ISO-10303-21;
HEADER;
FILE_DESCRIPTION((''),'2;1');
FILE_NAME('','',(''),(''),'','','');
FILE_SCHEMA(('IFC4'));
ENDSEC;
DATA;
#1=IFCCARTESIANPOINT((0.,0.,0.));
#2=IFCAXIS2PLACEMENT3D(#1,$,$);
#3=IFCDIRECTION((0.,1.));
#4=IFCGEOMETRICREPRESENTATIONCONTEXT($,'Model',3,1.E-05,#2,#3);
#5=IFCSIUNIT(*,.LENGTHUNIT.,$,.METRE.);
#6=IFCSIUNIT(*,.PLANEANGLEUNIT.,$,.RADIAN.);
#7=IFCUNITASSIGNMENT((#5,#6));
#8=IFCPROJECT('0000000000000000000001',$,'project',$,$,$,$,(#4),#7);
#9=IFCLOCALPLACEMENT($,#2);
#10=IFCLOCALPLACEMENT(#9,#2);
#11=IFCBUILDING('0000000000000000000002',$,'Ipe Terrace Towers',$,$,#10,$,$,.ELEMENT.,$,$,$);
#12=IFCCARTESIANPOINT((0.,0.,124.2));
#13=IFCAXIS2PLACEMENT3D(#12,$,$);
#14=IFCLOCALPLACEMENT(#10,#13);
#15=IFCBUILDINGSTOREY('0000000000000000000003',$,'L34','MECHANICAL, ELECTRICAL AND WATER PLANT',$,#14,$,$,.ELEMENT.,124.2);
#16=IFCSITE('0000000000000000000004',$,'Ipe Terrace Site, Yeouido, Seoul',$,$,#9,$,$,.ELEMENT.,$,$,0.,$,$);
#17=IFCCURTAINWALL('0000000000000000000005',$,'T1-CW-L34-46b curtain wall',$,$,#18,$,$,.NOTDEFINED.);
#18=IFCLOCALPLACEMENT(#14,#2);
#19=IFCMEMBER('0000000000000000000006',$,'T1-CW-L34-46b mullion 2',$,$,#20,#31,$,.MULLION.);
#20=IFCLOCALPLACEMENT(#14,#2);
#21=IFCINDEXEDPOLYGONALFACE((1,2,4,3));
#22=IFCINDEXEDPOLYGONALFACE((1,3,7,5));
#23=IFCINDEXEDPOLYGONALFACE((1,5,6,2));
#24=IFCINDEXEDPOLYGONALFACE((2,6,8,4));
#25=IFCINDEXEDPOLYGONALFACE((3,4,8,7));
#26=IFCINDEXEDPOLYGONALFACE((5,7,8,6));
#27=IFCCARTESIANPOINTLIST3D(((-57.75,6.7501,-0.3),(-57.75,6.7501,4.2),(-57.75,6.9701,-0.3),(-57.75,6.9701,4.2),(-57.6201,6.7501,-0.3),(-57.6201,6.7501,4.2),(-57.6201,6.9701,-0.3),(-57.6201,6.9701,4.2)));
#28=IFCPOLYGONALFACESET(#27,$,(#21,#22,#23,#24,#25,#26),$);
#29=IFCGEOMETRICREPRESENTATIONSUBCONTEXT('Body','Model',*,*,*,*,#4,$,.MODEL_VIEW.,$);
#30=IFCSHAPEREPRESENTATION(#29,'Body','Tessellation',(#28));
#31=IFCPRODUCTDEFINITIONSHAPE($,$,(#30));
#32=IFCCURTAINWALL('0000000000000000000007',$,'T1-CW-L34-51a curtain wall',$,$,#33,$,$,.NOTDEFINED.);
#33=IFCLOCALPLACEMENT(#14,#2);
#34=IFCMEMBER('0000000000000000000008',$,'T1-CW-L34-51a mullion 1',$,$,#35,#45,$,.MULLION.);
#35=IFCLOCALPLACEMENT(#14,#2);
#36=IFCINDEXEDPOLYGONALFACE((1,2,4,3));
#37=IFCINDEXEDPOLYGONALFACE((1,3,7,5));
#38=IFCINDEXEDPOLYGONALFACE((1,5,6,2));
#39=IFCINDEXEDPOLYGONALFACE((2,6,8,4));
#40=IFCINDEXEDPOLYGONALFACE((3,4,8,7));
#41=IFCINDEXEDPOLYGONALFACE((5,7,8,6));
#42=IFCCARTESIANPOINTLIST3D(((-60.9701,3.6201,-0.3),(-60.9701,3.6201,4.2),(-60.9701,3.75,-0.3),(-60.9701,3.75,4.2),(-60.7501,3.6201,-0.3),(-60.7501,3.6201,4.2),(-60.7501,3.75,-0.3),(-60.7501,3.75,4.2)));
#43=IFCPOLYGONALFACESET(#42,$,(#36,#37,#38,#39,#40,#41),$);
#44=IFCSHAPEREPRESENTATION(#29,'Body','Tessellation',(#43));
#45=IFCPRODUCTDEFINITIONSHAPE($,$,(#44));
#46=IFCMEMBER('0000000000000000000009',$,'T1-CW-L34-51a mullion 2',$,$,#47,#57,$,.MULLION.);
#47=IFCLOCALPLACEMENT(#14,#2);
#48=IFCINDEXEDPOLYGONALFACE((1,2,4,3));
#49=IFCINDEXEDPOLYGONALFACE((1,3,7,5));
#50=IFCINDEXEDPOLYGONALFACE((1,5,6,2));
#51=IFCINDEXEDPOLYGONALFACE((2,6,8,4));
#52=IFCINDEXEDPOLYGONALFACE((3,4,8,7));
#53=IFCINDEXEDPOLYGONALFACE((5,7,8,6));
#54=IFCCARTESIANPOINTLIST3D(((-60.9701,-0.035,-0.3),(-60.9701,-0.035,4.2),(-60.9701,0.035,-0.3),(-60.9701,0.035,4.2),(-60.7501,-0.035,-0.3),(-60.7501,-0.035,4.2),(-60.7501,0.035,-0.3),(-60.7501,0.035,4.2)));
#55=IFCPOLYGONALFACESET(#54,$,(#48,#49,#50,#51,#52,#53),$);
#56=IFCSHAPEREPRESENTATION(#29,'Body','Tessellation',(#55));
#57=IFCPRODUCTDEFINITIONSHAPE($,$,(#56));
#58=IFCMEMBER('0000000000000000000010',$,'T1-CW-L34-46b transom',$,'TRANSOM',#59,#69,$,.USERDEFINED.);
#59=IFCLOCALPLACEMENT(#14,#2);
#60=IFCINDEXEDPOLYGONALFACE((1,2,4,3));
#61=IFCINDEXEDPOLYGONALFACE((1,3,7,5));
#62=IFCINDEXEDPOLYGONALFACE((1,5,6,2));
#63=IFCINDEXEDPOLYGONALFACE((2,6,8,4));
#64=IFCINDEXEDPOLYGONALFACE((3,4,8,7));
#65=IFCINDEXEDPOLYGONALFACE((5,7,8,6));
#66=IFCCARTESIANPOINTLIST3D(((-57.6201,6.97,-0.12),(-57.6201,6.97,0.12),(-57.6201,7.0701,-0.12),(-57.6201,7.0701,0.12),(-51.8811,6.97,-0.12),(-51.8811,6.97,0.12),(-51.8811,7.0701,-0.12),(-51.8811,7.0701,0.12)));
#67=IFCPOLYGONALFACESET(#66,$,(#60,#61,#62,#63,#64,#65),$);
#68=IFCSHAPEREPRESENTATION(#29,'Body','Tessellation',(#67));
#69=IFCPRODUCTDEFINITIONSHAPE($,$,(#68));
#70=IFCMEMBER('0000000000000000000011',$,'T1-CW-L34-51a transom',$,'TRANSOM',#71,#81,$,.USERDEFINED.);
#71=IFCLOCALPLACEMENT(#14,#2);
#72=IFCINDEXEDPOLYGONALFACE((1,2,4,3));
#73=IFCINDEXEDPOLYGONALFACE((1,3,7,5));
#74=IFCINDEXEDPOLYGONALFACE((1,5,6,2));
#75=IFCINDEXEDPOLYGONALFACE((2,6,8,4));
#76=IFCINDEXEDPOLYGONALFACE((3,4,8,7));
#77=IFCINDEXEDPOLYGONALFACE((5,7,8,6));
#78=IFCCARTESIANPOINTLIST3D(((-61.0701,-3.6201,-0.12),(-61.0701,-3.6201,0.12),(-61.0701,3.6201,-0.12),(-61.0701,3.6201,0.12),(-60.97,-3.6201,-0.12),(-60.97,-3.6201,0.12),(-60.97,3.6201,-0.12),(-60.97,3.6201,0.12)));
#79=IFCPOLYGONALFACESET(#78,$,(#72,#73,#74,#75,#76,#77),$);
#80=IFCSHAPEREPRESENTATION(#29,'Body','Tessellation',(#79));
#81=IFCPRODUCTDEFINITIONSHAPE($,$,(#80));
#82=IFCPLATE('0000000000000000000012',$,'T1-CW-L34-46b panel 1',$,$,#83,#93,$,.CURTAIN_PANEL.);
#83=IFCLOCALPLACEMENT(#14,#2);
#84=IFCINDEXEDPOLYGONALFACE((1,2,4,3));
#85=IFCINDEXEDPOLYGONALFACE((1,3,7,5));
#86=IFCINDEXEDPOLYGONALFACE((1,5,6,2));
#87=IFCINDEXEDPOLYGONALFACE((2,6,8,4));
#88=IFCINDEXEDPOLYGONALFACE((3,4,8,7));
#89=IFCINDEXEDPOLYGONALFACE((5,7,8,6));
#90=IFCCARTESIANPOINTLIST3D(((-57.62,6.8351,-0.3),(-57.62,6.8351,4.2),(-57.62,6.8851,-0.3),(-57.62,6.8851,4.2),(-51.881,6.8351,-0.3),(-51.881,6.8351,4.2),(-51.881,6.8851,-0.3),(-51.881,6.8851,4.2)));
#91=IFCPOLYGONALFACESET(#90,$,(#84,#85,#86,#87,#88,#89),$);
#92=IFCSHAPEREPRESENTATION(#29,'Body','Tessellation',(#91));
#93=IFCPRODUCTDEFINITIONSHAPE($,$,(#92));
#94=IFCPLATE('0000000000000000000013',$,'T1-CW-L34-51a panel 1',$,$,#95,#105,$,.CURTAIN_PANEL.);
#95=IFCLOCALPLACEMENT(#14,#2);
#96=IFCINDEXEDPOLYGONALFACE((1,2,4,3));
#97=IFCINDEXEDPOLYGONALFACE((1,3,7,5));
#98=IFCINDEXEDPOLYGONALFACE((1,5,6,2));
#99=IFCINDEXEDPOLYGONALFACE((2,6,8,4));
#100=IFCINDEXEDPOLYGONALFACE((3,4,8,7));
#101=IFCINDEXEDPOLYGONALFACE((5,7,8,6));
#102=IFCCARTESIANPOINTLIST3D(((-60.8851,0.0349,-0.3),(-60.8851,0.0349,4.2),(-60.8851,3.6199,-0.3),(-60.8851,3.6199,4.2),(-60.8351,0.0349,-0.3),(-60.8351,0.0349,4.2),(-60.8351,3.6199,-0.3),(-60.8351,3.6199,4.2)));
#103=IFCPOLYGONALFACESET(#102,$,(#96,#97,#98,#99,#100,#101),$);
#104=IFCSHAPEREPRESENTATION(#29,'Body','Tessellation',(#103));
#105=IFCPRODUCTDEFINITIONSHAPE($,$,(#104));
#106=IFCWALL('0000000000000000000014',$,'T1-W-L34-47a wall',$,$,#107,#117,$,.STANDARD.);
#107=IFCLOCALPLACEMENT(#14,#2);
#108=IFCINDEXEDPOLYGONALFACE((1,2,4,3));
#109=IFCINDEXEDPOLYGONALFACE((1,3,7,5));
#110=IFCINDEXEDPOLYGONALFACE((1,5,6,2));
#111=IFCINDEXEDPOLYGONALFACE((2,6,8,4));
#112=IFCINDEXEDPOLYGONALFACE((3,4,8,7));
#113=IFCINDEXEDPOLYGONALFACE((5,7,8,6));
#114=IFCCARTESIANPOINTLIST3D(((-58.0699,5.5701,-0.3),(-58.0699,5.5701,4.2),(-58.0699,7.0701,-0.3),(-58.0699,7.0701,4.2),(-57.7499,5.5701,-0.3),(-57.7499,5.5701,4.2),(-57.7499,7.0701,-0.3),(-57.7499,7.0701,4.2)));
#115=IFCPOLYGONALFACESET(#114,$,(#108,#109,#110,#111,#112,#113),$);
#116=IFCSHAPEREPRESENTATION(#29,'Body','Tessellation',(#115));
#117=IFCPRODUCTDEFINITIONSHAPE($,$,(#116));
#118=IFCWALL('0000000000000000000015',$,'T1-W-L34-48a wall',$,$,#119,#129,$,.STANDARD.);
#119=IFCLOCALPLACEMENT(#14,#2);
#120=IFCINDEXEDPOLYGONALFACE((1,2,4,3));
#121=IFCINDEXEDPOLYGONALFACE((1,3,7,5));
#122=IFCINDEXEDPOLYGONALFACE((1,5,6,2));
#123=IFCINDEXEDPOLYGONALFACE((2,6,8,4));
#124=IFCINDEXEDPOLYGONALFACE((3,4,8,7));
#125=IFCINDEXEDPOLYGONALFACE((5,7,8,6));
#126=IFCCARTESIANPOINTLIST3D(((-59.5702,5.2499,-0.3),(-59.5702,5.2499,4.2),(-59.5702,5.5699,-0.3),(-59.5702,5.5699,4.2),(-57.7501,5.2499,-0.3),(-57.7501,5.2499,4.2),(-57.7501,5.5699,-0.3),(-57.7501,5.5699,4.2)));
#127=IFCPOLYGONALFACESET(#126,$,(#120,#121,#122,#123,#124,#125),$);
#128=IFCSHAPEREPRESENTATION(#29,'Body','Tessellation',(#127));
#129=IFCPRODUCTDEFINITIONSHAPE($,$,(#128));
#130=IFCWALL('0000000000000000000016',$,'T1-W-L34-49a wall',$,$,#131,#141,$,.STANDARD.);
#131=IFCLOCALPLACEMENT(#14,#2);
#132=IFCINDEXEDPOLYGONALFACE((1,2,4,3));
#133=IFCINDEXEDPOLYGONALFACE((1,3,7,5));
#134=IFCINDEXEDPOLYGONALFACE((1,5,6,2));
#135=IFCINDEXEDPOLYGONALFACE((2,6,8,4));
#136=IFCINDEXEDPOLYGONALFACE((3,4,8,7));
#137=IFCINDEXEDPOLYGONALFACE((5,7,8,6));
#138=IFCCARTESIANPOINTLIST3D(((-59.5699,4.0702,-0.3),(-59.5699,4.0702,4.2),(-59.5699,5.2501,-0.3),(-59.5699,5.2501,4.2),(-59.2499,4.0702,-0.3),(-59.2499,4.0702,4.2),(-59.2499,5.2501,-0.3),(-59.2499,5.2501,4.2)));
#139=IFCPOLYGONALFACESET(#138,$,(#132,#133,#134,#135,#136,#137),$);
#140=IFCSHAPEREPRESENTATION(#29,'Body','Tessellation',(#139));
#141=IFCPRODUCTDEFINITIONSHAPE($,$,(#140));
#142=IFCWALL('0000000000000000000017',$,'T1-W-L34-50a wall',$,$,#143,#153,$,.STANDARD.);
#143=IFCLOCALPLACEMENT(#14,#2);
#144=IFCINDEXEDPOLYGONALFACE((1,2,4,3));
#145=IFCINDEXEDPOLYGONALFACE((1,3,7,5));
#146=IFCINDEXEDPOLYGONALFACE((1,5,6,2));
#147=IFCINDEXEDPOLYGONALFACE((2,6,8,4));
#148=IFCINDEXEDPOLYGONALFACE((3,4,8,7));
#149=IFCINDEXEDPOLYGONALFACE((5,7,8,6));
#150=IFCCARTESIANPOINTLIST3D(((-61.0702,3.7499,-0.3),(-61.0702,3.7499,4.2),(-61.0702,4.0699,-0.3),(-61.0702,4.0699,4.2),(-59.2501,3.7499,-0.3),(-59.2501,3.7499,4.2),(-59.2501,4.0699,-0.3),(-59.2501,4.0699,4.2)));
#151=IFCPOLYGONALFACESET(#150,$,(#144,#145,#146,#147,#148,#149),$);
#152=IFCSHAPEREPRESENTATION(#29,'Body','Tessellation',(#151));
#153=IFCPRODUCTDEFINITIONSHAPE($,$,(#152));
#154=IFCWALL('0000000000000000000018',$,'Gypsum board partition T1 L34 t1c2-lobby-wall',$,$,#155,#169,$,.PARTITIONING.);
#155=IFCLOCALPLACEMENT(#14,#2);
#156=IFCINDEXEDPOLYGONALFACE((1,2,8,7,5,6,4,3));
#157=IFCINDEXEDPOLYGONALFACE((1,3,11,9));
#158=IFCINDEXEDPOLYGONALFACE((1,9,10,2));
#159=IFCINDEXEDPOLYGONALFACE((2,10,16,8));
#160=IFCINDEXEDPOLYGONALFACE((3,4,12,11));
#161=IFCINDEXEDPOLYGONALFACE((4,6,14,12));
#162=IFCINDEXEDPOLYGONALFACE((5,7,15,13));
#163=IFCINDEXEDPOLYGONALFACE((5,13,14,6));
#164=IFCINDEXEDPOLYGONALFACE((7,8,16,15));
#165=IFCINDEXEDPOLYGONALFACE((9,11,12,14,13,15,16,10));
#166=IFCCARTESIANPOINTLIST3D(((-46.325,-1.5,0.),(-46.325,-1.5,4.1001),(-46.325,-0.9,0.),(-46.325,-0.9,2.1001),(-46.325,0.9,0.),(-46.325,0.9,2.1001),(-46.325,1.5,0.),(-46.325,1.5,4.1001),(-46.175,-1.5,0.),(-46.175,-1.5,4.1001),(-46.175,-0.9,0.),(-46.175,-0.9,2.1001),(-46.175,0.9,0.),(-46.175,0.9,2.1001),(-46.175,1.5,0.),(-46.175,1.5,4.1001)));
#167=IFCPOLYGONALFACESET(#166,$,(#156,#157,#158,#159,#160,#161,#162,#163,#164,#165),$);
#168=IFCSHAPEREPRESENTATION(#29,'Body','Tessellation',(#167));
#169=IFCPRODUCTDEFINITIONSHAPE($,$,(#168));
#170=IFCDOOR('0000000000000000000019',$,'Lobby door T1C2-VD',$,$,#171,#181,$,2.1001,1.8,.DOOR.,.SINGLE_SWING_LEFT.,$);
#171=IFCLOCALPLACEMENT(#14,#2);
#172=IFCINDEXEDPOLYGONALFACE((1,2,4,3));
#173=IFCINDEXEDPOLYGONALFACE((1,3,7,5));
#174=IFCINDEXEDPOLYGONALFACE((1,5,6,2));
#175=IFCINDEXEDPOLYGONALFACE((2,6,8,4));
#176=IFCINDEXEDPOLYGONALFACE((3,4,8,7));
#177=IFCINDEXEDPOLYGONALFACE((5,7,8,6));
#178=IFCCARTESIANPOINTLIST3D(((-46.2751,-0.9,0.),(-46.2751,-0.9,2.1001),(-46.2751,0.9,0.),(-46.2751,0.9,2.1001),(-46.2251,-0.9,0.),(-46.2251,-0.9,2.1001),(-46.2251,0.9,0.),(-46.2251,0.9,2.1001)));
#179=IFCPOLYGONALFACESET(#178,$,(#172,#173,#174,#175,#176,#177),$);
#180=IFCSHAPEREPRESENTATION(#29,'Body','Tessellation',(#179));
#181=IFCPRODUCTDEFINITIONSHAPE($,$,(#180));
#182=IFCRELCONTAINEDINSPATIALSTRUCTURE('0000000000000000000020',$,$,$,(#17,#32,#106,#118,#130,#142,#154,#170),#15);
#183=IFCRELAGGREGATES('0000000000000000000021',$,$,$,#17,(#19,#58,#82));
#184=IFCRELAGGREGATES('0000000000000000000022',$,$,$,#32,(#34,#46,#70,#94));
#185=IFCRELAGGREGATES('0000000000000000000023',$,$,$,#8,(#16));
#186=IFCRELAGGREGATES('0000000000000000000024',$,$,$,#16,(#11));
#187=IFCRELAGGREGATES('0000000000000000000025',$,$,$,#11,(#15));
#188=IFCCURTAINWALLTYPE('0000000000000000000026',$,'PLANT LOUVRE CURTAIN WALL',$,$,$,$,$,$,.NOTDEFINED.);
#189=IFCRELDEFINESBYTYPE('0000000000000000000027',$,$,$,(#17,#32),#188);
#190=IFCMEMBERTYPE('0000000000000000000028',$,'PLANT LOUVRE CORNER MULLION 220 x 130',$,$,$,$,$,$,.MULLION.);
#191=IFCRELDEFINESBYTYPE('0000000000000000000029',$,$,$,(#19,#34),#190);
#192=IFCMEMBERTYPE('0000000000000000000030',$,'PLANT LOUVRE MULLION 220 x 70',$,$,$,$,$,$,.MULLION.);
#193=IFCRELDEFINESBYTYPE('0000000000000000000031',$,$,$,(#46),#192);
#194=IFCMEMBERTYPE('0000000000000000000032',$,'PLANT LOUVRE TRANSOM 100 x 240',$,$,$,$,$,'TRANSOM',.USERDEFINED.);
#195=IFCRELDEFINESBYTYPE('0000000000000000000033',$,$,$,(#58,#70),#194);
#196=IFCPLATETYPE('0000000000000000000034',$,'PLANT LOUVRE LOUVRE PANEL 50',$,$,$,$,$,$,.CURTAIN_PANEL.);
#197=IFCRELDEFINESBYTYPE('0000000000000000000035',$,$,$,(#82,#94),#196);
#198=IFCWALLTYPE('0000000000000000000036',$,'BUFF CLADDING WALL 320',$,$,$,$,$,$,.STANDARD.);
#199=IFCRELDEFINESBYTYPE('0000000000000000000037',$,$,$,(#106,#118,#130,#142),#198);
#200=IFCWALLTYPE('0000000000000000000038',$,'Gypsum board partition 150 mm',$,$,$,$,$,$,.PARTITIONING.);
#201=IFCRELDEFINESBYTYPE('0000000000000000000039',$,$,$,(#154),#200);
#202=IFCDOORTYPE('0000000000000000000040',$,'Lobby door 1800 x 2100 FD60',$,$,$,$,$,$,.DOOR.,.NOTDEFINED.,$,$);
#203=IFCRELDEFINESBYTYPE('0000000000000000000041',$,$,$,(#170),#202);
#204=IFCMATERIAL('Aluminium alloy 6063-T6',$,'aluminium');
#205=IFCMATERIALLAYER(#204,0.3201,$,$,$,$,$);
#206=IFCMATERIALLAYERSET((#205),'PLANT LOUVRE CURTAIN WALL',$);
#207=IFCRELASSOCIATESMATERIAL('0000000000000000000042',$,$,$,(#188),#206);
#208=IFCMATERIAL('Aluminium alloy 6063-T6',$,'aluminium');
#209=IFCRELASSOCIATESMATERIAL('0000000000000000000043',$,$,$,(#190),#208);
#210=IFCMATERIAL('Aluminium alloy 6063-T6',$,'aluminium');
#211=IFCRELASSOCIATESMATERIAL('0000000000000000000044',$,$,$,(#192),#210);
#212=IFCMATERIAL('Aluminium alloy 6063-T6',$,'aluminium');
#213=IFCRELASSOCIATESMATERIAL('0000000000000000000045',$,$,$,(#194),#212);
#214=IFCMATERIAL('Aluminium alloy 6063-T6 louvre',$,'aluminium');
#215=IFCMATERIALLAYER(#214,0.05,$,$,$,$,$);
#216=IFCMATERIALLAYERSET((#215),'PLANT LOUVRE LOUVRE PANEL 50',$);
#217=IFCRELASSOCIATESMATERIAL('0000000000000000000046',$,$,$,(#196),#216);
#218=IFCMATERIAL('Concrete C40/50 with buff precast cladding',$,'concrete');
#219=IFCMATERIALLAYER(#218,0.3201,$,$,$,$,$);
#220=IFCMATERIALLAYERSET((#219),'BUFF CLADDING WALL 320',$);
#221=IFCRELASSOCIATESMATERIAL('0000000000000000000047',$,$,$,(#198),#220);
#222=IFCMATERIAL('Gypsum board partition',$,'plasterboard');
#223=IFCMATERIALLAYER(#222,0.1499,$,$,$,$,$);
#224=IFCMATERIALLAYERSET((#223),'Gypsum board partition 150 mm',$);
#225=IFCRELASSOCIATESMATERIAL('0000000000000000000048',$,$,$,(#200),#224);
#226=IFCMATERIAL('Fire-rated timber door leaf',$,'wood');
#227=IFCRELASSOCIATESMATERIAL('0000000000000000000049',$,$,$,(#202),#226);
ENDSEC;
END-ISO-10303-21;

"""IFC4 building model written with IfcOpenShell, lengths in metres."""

from ifc_helpers import new_model, si_unit, direction, frame, frame_2d, origin, origin_2d, place, context, subcontext, project, spatial, rectangle, extrude, material, layer, layer_set, material_profile, profile_set, type_object, element, fill, aggregate, save


model = new_model("IFC4")

# Units and contexts
model_context = context("Model", 3, precision=1e-05, world=origin(), true_north=direction((0.0, 1.0)))
body_context = subcontext(model_context, "Body", "Model", "MODEL_VIEW")
ifc_project = project(units=[si_unit("LENGTHUNIT", "METRE"), si_unit("PLANEANGLEUNIT", "RADIAN")], contexts=[model_context])

# Site, building, storey
site_placement = place(None, origin())
site = spatial("IfcSite", under=ifc_project, at=site_placement, Name="Ipe Terrace Site, Yeouido, Seoul", CompositionType="ELEMENT", RefElevation=0.0)
building_placement = place(site_placement, origin())
building = spatial("IfcBuilding", under=site, at=building_placement, Name="Ipe Terrace Towers", CompositionType="ELEMENT")
storey_placement = place(building_placement, frame((0.0, 0.0, 124.2)))
storey = spatial("IfcBuildingStorey", under=building, at=storey_placement, Name="L34", Description="MECHANICAL, ELECTRICAL AND WATER PLANT", CompositionType="ELEMENT", Elevation=124.2)

# Curtain walls, members
ifc_material_1 = material(Name="Aluminium alloy 6063-T6", Category="aluminium")
ifc_layer_1 = layer(ifc_material_1, 0.3201)
ifc_layer_set_1 = layer_set([ifc_layer_1], Name="PLANT LOUVRE CURTAIN WALL")
curtain_wall_type = type_object("IfcCurtainWallType", Name="PLANT LOUVRE CURTAIN WALL", PredefinedType="NOTDEFINED", material=ifc_layer_set_1)
curtain_wall_1_placement = place(storey_placement, origin())
curtain_wall_1 = element("IfcCurtainWall", 1, at=curtain_wall_1_placement, inside=storey, type_object=curtain_wall_type, Name="T1-CW-L34-46b curtain wall", PredefinedType="NOTDEFINED")
ifc_material_2 = material(Name="Aluminium alloy 6063-T6", Category="aluminium")
ifc_material_profile_1 = material_profile(ifc_material_2, rectangle(XDim=0.22, YDim=0.1299, at=origin_2d()), Name="PLANT LOUVRE CORNER MULLION 220 x 130")
ifc_profile_set_1 = profile_set([ifc_material_profile_1], Name="Aluminium alloy 6063-T6")
member_type_1 = type_object("IfcMemberType", Name="PLANT LOUVRE CORNER MULLION 220 x 130", PredefinedType="MULLION", material=ifc_profile_set_1)
member_1_placement = place(storey_placement, frame((-57.6851, 6.8601, -0.3), z_axis=(0.0, 0.0, 1.0), x_axis=(0.0, 1.0, 0.0)))
member_1 = element("IfcMember", 2, at=member_1_placement, type_object=member_type_1, Name="T1-CW-L34-46b mullion 2", PredefinedType="MULLION", context=body_context, shape_type="SweptSolid", body=[
    extrude(rectangle(XDim=0.22, YDim=0.1299, at=origin_2d()), origin(), (0.0, 0.0, 1.0), 4.5),
])
curtain_wall_2_placement = place(storey_placement, origin())
curtain_wall_2 = element("IfcCurtainWall", 3, at=curtain_wall_2_placement, inside=storey, type_object=curtain_wall_type, Name="T1-CW-L34-51a curtain wall", PredefinedType="NOTDEFINED")
member_2_placement = place(storey_placement, frame((-60.8601, 3.6851, -0.3), z_axis=(0.0, 0.0, 1.0), x_axis=(-1.0, 0.0, 0.0)))
member_2 = element("IfcMember", 4, at=member_2_placement, type_object=member_type_1, Name="T1-CW-L34-51a mullion 1", PredefinedType="MULLION", context=body_context, shape_type="SweptSolid", body=[
    extrude(rectangle(XDim=0.22, YDim=0.1299, at=origin_2d()), origin(), (0.0, 0.0, 1.0), 4.5),
])
ifc_material_3 = material(Name="Aluminium alloy 6063-T6", Category="aluminium")
ifc_material_profile_2 = material_profile(ifc_material_3, rectangle(XDim=0.22, YDim=0.0701, at=origin_2d()), Name="PLANT LOUVRE MULLION 220 x 70")
ifc_profile_set_2 = profile_set([ifc_material_profile_2], Name="Aluminium alloy 6063-T6")
member_type_2 = type_object("IfcMemberType", Name="PLANT LOUVRE MULLION 220 x 70", PredefinedType="MULLION", material=ifc_profile_set_2)
member_3_placement = place(storey_placement, frame((-60.8601, 0.0, -0.3), z_axis=(0.0, 0.0, 1.0), x_axis=(-1.0, 0.0, 0.0)))
member_3 = element("IfcMember", 5, at=member_3_placement, type_object=member_type_2, Name="T1-CW-L34-51a mullion 2", PredefinedType="MULLION", context=body_context, shape_type="SweptSolid", body=[
    extrude(rectangle(XDim=0.22, YDim=0.0701, at=origin_2d()), origin(), (0.0, 0.0, 1.0), 4.5),
])

# Members
ifc_material_4 = material(Name="Aluminium alloy 6063-T6", Category="aluminium")
ifc_material_profile_3 = material_profile(ifc_material_4, rectangle(XDim=0.1001, YDim=0.24, at=origin_2d()), Name="PLANT LOUVRE TRANSOM 100 x 240")
ifc_profile_set_3 = profile_set([ifc_material_profile_3], Name="Aluminium alloy 6063-T6")
member_type_3 = type_object("IfcMemberType", Name="PLANT LOUVRE TRANSOM 100 x 240", ElementType="TRANSOM", PredefinedType="USERDEFINED", material=ifc_profile_set_3)
member_4_placement = place(storey_placement, frame((-51.8811, 7.02, 0.0), z_axis=(-1.0, 0.0, 0.0), x_axis=(0.0, 1.0, 0.0)))
member_4 = element("IfcMember", 6, at=member_4_placement, type_object=member_type_3, Name="T1-CW-L34-46b transom", ObjectType="TRANSOM", PredefinedType="USERDEFINED", context=body_context, shape_type="SweptSolid", body=[
    extrude(rectangle(XDim=0.1001, YDim=0.24, at=origin_2d()), origin(), (0.0, 0.0, 1.0), 5.739),
])
member_5_placement = place(storey_placement, frame((-61.02, 3.6201, 0.0), z_axis=(0.0, -1.0, 0.0), x_axis=(-1.0, 0.0, 0.0)))
member_5 = element("IfcMember", 7, at=member_5_placement, type_object=member_type_3, Name="T1-CW-L34-51a transom", ObjectType="TRANSOM", PredefinedType="USERDEFINED", context=body_context, shape_type="SweptSolid", body=[
    extrude(rectangle(XDim=0.1001, YDim=0.24, at=origin_2d()), origin(), (0.0, 0.0, 1.0), 7.2402),
])

# Plates
ifc_material_5 = material(Name="Aluminium alloy 6063-T6 louvre", Category="aluminium")
ifc_layer_2 = layer(ifc_material_5, 0.05)
ifc_layer_set_2 = layer_set([ifc_layer_2], Name="PLANT LOUVRE LOUVRE PANEL 50")
plate_type = type_object("IfcPlateType", Name="PLANT LOUVRE LOUVRE PANEL 50", PredefinedType="CURTAIN_PANEL", material=ifc_layer_set_2)
plate_1_placement = place(storey_placement, frame((-54.7505, 6.8601, -0.3), z_axis=(0.0, 0.0, 1.0), x_axis=(-1.0, 0.0, 0.0)))
plate_1 = element("IfcPlate", 8, at=plate_1_placement, type_object=plate_type, Name="T1-CW-L34-46b panel 1", PredefinedType="CURTAIN_PANEL", context=body_context, shape_type="SweptSolid", body=[
    extrude(rectangle(XDim=5.739, YDim=0.05, at=origin_2d()), origin(), (0.0, 0.0, 1.0), 4.5),
])
aggregate(curtain_wall_1, [member_1, member_4, plate_1])
plate_2_placement = place(storey_placement, frame((-60.8601, 1.8274, -0.3), z_axis=(0.0, 0.0, 1.0), x_axis=(0.0, -1.0, 0.0)))
plate_2 = element("IfcPlate", 9, at=plate_2_placement, type_object=plate_type, Name="T1-CW-L34-51a panel 1", PredefinedType="CURTAIN_PANEL", context=body_context, shape_type="SweptSolid", body=[
    extrude(rectangle(XDim=3.585, YDim=0.05, at=origin_2d()), origin(), (0.0, 0.0, 1.0), 4.5),
])
aggregate(curtain_wall_2, [member_2, member_3, member_5, plate_2])

# Walls
ifc_material_6 = material(Name="Concrete C40/50 with buff precast cladding", Category="concrete")
ifc_layer_3 = layer(ifc_material_6, 0.3201)
ifc_layer_set_3 = layer_set([ifc_layer_3], Name="BUFF CLADDING WALL 320")
wall_type_1 = type_object("IfcWallType", Name="BUFF CLADDING WALL 320", PredefinedType="STANDARD", material=ifc_layer_set_3)
wall_1_placement = place(storey_placement, frame((-57.9099, 7.0701, -0.3), z_axis=(0.0, 0.0, 1.0), x_axis=(0.0, -1.0, 0.0)))
element("IfcWall", 10, at=wall_1_placement, inside=storey, type_object=wall_type_1, Name="T1-W-L34-47a wall", PredefinedType="STANDARD", context=body_context, shape_type="SweptSolid", body=[
    extrude(rectangle(XDim=1.5, YDim=0.3201, at=frame_2d((0.75, 0.0))), origin(), (0.0, 0.0, 1.0), 4.5),
])
wall_2_placement = place(storey_placement, frame((-57.75, 5.4099, -0.3), z_axis=(0.0, 0.0, 1.0), x_axis=(-1.0, 0.0, 0.0)))
element("IfcWall", 11, at=wall_2_placement, inside=storey, type_object=wall_type_1, Name="T1-W-L34-48a wall", PredefinedType="STANDARD", context=body_context, shape_type="SweptSolid", body=[
    extrude(rectangle(XDim=1.8201, YDim=0.3201, at=frame_2d((0.9102, 0.0))), origin(), (0.0, 0.0, 1.0), 4.5),
])
wall_3_placement = place(storey_placement, frame((-59.4099, 5.25, -0.3), z_axis=(0.0, 0.0, 1.0), x_axis=(0.0, -1.0, 0.0)))
element("IfcWall", 12, at=wall_3_placement, inside=storey, type_object=wall_type_1, Name="T1-W-L34-49a wall", PredefinedType="STANDARD", context=body_context, shape_type="SweptSolid", body=[
    extrude(rectangle(XDim=1.1799, YDim=0.3201, at=frame_2d((0.5898, 0.0))), origin(), (0.0, 0.0, 1.0), 4.5),
])
wall_4_placement = place(storey_placement, frame((-59.25, 3.9099, -0.3), z_axis=(0.0, 0.0, 1.0), x_axis=(-1.0, 0.0, 0.0)))
element("IfcWall", 13, at=wall_4_placement, inside=storey, type_object=wall_type_1, Name="T1-W-L34-50a wall", PredefinedType="STANDARD", context=body_context, shape_type="SweptSolid", body=[
    extrude(rectangle(XDim=1.8201, YDim=0.3201, at=frame_2d((0.9102, 0.0))), origin(), (0.0, 0.0, 1.0), 4.5),
])

# Wall, opening, door
ifc_material_7 = material(Name="Gypsum board partition", Category="plasterboard")
ifc_layer_4 = layer(ifc_material_7, 0.1499)
ifc_layer_set_4 = layer_set([ifc_layer_4], Name="Gypsum board partition 150 mm")
wall_type_2 = type_object("IfcWallType", Name="Gypsum board partition 150 mm", PredefinedType="PARTITIONING", material=ifc_layer_set_4)
wall_5_placement = place(storey_placement, frame((-46.25, 1.5, 0.0), z_axis=(0.0, 0.0, 1.0), x_axis=(0.0, -1.0, 0.0)))
wall_5 = element("IfcWall", 14, at=wall_5_placement, inside=storey, type_object=wall_type_2, Name="Gypsum board partition T1 L34 t1c2-lobby-wall", PredefinedType="PARTITIONING", context=body_context, shape_type="SweptSolid", body=[
    extrude(rectangle(XDim=3.0, YDim=0.1499, at=frame_2d((1.5, 0.0))), origin(), (0.0, 0.0, 1.0), 4.1001),
])
opening_1_placement = place(wall_5_placement, frame((0.6001, 0.0, 0.0)))
opening_1 = element("IfcOpeningElement", 15, at=opening_1_placement, cuts=wall_5, PredefinedType="OPENING", context=body_context, shape_type="SweptSolid", body=[
    extrude(rectangle(XDim=1.8, YDim=2.1001, at=frame_2d((0.8999, 1.05))), frame((0.0, 0.085, 0.0), z_axis=(0.0, -1.0, 0.0), x_axis=(1.0, 0.0, 0.0)), (0.0, 0.0, 1.0), 0.1699),
])
ifc_material_8 = material(Name="Fire-rated timber door leaf", Category="wood")
door_type_1 = type_object("IfcDoorType", Name="Lobby door 1800 x 2100 FD60", OperationType="NOTDEFINED", PredefinedType="DOOR", material=ifc_material_8)
door_1_placement = place(opening_1_placement, origin())
door_1 = element("IfcDoor", 16, at=door_1_placement, inside=storey, type_object=door_type_1, Name="Lobby door T1C2-VD", OperationType="SINGLE_SWING_LEFT", OverallHeight=2.1001, OverallWidth=1.8, PredefinedType="DOOR", context=body_context, shape_type="SweptSolid", body=[
    extrude(rectangle(XDim=1.8, YDim=2.1001, at=frame_2d((0.8999, 1.05))), frame((0.0, 0.0249, 0.0), z_axis=(0.0, -1.0, 0.0), x_axis=(1.0, 0.0, 0.0)), (0.0, 0.0, 1.0), 0.05),
])
fill(opening_1, door_1)

save(model, "model.ifc")
